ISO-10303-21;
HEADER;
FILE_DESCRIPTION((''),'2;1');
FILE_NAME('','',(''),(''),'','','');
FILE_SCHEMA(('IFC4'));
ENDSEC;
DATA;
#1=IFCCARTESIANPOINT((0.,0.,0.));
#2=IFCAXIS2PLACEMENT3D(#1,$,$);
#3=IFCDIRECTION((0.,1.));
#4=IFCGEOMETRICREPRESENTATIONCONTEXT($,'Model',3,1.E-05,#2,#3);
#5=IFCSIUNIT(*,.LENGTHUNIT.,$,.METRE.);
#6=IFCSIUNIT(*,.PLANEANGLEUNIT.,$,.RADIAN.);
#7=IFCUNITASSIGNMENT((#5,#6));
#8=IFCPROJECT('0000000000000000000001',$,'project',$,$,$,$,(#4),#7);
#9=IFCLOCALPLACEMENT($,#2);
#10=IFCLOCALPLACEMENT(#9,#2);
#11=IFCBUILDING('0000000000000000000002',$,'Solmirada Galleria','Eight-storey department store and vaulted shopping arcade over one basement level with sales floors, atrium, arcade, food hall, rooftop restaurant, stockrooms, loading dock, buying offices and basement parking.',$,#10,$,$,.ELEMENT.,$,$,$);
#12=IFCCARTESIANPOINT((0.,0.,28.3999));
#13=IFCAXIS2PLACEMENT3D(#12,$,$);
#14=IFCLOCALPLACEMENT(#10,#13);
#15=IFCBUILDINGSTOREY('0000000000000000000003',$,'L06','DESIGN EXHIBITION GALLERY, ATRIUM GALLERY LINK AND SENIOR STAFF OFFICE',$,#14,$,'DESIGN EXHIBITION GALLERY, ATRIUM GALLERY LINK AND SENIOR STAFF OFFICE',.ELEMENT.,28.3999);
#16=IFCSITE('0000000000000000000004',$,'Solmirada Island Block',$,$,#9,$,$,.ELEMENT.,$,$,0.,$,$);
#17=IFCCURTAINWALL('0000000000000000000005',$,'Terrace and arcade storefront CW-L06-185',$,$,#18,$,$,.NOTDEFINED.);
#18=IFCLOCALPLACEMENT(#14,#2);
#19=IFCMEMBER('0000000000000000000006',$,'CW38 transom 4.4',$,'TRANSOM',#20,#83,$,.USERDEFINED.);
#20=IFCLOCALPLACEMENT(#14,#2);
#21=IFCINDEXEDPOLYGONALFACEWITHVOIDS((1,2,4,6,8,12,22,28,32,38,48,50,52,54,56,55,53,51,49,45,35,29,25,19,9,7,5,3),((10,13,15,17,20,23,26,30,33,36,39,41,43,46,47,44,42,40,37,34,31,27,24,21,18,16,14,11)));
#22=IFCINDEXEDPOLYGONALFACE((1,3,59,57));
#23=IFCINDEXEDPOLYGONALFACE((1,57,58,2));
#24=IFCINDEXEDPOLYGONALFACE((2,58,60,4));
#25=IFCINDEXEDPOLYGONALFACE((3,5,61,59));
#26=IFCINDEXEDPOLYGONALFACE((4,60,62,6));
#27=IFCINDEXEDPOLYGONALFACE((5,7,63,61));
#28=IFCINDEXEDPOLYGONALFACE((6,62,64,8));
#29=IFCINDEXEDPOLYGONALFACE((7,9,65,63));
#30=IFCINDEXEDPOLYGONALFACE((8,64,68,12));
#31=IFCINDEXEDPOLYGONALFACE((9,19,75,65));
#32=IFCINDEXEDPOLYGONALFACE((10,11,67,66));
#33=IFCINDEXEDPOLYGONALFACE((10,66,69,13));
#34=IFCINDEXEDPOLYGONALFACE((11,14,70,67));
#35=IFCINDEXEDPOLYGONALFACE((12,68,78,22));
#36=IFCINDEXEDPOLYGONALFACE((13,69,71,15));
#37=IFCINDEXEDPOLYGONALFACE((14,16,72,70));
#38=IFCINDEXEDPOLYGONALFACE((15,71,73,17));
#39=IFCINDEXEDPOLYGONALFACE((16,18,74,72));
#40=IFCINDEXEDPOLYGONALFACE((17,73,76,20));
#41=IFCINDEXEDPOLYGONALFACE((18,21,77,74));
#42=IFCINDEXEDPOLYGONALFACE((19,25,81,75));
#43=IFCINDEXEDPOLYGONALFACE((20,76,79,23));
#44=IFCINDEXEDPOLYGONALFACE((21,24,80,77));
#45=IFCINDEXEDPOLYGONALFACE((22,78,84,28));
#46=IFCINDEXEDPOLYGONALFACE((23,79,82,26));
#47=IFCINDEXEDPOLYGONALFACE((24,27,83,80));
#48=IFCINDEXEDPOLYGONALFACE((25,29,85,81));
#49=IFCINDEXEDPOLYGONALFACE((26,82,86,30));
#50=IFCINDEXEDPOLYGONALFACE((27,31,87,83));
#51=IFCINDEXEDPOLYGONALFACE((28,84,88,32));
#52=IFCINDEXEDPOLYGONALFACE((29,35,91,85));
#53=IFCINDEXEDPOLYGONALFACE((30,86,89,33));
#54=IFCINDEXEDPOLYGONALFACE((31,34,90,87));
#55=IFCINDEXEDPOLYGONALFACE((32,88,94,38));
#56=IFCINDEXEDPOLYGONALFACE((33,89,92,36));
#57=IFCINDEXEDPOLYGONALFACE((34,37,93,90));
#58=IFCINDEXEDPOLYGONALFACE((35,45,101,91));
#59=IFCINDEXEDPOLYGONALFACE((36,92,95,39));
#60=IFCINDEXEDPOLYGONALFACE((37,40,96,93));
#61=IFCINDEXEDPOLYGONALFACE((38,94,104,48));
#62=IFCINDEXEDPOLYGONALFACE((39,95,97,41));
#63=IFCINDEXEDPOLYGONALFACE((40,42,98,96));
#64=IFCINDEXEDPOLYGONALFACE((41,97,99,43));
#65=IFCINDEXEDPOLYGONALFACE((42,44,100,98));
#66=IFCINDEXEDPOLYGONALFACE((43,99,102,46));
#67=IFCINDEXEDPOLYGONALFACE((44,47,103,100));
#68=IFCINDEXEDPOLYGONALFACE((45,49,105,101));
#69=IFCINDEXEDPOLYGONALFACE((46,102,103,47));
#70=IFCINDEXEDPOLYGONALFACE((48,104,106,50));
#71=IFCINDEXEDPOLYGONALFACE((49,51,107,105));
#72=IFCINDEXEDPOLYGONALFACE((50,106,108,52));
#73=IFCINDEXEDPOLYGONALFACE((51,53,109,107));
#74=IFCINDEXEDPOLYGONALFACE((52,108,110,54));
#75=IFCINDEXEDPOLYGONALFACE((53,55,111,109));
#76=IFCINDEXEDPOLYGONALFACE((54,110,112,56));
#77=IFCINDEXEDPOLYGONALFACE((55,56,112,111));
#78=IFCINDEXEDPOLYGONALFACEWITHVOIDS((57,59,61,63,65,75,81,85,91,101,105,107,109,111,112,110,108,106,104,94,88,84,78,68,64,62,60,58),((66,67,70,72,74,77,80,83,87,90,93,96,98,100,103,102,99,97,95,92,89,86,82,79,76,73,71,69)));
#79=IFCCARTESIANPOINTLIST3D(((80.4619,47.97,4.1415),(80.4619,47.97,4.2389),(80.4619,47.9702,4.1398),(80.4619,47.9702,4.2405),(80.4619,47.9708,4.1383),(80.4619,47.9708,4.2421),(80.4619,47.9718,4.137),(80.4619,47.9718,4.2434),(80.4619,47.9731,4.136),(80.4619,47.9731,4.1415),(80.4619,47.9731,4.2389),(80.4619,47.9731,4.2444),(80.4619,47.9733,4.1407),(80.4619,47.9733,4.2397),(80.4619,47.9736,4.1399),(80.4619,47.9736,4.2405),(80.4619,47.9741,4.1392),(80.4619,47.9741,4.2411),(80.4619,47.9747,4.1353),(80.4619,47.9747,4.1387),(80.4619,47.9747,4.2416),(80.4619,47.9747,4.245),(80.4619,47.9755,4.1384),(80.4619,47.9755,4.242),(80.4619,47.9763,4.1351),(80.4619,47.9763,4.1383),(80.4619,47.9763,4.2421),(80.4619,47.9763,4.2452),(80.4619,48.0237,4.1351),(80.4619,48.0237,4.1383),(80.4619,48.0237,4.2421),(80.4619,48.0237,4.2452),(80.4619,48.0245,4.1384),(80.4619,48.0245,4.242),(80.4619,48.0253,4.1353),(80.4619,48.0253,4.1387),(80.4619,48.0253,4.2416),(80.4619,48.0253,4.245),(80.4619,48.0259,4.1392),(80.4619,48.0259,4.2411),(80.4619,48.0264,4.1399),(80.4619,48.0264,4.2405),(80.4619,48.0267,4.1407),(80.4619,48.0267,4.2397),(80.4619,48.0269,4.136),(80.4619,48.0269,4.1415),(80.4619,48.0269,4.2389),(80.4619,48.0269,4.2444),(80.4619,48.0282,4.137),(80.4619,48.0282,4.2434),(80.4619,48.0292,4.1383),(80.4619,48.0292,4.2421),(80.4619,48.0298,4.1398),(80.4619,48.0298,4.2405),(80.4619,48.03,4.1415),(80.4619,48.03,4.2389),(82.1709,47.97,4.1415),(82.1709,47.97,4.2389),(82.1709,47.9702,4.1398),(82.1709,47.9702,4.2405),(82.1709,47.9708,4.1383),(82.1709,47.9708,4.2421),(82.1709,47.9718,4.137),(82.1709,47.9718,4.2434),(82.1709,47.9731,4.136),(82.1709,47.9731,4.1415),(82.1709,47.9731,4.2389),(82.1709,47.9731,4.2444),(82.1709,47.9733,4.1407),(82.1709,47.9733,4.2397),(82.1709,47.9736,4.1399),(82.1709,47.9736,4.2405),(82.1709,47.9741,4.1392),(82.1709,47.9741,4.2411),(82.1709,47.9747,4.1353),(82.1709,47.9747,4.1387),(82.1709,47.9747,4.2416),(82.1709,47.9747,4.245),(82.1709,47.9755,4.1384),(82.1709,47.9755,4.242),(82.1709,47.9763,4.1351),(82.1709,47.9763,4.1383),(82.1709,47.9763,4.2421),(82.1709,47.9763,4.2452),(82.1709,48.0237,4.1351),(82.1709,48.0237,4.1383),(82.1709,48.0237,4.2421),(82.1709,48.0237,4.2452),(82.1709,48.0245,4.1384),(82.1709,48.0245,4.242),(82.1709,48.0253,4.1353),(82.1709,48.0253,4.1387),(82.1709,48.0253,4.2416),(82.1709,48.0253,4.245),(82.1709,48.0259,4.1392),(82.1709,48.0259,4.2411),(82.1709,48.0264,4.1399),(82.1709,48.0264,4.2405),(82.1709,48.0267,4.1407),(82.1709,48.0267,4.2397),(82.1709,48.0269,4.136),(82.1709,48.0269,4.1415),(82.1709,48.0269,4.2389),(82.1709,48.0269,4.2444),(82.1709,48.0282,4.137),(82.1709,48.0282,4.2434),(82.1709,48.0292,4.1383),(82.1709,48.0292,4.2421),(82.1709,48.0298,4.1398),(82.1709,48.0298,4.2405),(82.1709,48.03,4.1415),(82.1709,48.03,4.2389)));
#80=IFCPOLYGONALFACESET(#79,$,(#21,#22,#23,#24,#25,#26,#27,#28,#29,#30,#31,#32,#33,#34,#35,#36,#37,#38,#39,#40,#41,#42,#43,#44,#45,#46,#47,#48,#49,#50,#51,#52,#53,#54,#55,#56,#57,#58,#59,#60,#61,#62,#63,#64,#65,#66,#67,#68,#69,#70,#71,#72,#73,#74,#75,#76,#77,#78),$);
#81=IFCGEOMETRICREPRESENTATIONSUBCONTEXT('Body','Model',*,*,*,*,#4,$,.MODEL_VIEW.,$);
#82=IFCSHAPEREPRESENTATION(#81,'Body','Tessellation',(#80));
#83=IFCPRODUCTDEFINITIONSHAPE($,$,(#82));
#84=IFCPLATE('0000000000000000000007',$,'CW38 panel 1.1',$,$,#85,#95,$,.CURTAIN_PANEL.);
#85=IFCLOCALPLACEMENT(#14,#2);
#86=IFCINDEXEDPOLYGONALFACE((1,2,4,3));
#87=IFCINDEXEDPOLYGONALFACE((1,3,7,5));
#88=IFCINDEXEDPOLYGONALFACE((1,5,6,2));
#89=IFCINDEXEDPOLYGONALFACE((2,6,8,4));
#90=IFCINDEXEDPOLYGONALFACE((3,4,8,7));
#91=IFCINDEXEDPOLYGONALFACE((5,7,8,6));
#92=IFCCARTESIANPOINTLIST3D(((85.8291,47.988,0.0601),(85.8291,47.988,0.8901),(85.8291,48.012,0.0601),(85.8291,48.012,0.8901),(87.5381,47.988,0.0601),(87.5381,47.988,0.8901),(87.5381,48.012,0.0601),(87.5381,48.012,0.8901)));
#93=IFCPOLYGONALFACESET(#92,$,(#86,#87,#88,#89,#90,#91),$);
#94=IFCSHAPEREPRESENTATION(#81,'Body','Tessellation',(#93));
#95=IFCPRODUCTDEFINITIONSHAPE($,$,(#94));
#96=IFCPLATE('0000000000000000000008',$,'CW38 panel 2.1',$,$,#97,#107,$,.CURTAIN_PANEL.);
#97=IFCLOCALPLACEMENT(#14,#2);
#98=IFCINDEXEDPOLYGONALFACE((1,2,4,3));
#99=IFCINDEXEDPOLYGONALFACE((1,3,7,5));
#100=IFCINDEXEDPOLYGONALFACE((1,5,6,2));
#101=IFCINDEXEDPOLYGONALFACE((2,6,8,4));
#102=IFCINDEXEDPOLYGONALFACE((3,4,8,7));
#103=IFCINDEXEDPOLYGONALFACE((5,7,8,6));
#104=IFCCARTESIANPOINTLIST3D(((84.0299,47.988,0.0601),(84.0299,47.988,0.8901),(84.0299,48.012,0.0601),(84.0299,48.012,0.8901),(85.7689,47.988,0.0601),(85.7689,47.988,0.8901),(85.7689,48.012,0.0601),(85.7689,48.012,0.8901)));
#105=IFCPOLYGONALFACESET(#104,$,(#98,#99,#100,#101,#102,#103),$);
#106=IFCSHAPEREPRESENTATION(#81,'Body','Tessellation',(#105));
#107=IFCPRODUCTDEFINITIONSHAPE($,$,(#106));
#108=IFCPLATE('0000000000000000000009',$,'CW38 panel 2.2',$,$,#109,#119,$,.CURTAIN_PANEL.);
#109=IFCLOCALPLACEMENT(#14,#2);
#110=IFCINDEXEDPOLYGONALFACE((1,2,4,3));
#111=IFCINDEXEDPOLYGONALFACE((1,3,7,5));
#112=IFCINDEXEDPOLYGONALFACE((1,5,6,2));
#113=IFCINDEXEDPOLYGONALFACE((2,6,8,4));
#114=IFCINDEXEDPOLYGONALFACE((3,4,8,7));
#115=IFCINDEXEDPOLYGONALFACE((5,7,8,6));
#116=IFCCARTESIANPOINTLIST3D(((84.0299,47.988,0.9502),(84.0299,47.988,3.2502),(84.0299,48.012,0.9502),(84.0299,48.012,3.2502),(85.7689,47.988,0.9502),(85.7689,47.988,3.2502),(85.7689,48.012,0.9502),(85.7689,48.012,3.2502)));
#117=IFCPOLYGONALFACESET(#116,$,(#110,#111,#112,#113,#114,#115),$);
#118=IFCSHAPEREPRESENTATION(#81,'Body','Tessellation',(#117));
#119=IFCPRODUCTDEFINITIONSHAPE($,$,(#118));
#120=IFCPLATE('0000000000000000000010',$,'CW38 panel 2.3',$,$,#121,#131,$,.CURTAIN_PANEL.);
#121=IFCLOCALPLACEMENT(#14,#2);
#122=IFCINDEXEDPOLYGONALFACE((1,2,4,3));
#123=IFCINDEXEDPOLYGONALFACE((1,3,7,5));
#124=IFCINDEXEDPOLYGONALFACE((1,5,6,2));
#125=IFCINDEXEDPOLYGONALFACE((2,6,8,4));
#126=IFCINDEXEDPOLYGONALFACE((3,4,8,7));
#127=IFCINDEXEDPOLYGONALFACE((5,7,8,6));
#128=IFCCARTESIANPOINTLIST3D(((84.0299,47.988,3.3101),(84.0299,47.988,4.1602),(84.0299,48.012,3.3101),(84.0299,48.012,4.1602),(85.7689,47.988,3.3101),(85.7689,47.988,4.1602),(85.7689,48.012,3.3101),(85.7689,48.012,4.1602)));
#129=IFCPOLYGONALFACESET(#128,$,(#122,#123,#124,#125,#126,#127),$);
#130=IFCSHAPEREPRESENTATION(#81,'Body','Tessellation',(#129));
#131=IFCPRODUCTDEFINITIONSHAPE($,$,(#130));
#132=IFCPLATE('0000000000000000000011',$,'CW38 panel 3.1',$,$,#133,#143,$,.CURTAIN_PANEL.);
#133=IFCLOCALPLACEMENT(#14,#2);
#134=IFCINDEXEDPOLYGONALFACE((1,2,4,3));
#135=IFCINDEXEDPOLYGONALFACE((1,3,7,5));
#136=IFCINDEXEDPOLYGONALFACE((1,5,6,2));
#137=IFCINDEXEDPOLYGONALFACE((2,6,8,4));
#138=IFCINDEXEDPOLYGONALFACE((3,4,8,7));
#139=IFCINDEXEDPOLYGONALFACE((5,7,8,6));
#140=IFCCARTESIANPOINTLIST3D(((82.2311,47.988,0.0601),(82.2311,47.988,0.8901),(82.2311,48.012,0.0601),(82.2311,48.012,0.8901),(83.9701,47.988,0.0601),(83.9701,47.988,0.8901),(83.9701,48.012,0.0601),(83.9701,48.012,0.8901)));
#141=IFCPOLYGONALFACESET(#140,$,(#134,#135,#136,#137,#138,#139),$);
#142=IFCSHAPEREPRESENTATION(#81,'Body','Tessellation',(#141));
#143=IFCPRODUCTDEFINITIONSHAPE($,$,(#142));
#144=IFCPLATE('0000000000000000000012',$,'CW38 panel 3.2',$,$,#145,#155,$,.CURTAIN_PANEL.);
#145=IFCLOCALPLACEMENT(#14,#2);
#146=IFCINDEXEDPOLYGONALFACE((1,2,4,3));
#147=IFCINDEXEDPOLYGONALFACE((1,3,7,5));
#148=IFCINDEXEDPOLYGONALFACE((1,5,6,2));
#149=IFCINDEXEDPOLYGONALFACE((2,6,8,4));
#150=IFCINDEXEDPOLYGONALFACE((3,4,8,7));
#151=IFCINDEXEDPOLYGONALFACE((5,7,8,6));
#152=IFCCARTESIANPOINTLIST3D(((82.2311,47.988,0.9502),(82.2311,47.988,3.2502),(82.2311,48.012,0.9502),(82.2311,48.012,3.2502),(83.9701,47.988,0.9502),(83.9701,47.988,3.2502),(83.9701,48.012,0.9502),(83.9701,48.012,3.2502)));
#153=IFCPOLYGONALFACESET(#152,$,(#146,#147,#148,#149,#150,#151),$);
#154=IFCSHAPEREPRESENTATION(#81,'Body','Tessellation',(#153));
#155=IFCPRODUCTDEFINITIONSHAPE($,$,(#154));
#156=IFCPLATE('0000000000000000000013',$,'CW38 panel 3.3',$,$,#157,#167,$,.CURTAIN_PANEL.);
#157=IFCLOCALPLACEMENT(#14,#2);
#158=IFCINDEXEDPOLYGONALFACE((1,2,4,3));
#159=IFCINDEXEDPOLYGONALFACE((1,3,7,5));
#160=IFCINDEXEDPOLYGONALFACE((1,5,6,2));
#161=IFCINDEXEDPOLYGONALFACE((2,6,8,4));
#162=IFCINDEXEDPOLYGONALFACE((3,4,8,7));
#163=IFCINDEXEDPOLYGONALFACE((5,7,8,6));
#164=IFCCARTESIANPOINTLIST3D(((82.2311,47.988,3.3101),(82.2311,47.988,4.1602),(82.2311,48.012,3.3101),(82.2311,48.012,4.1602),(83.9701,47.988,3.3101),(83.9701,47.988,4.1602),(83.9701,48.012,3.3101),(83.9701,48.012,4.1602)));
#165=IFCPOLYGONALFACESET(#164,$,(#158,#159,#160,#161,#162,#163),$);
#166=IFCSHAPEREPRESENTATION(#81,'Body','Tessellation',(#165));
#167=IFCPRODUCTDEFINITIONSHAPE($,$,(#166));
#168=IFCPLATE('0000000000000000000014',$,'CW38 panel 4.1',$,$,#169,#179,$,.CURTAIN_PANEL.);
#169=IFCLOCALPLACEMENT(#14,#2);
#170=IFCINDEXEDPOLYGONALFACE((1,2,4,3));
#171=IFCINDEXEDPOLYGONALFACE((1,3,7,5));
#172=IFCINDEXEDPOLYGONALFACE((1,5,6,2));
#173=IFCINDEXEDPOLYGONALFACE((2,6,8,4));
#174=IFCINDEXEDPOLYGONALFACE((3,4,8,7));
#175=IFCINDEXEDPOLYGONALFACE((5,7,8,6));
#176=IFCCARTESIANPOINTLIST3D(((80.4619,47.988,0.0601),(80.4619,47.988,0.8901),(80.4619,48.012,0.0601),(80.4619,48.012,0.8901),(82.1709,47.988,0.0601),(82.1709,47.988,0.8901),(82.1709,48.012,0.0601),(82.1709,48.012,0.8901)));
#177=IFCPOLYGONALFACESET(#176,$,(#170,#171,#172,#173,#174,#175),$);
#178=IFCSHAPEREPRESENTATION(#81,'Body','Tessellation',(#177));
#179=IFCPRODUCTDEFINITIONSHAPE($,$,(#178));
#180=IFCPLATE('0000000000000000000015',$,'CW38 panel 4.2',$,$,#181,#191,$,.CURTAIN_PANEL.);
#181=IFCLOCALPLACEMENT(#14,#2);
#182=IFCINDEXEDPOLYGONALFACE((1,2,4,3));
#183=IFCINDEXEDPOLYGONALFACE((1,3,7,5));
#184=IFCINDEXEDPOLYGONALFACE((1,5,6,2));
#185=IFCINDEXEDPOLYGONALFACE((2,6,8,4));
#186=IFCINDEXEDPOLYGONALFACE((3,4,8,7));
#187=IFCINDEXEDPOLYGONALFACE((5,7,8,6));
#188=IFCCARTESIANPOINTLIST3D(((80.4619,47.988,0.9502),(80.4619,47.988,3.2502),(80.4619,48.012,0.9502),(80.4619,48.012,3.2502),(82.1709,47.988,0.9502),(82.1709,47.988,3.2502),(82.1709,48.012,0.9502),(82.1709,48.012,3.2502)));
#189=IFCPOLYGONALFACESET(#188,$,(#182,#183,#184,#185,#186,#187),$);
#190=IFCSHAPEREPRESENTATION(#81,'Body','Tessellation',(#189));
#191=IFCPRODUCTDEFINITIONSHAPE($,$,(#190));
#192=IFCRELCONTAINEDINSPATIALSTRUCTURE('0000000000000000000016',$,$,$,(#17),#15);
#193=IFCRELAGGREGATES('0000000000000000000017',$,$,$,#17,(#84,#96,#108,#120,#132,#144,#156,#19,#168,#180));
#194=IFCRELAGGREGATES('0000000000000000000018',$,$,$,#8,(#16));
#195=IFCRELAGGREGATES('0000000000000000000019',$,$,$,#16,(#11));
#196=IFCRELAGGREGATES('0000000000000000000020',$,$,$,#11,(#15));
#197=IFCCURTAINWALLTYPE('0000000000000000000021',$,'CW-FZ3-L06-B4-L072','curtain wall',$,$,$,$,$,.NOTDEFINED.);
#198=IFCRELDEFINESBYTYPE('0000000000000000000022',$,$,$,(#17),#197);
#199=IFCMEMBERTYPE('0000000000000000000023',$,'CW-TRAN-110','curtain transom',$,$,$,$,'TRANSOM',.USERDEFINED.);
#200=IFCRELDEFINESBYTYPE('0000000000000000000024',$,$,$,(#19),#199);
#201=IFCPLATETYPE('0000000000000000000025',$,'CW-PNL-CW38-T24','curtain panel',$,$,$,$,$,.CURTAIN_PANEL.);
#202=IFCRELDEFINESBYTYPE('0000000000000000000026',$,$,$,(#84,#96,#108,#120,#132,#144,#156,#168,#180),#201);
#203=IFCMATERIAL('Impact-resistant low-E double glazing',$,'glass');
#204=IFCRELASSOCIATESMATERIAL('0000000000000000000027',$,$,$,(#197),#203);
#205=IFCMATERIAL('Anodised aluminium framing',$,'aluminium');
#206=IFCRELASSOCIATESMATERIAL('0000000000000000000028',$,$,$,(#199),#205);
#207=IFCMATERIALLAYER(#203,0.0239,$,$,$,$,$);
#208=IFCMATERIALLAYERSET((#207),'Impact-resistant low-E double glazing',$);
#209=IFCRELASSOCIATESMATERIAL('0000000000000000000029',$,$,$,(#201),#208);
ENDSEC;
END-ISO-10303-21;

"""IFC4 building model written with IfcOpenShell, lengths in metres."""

from ifc_helpers import new_model, si_unit, direction, frame, origin, origin_2d, place, context, subcontext, project, spatial, rectangle, hollow_rectangle, extrude, material, layer, layer_set, material_profile, profile_set, type_object, element, aggregate, save


model = new_model("IFC4")

# Units and contexts
model_context = context("Model", 3, precision=1e-05, world=origin(), true_north=direction((0.0, 1.0)))
body_context = subcontext(model_context, "Body", "Model", "MODEL_VIEW")
ifc_project = project(units=[si_unit("LENGTHUNIT", "METRE"), si_unit("PLANEANGLEUNIT", "RADIAN")], contexts=[model_context])

# Site, building, storey
site_placement = place(None, origin())
site = spatial("IfcSite", under=ifc_project, at=site_placement, Name="Solmirada Island Block", CompositionType="ELEMENT", RefElevation=0.0)
building_placement = place(site_placement, origin())
building = spatial("IfcBuilding", under=site, at=building_placement, Name="Solmirada Galleria", Description="Eight-storey department store and vaulted shopping arcade over one basement level with sales floors, atrium, arcade, food hall, rooftop restaurant, stockrooms, loading dock, buying offices and basement parking.", CompositionType="ELEMENT")
storey_placement = place(building_placement, frame((0.0, 0.0, 28.3999)))
storey = spatial("IfcBuildingStorey", under=building, at=storey_placement, Name="L06", Description="DESIGN EXHIBITION GALLERY, ATRIUM GALLERY LINK AND SENIOR STAFF OFFICE", LongName="DESIGN EXHIBITION GALLERY, ATRIUM GALLERY LINK AND SENIOR STAFF OFFICE", CompositionType="ELEMENT", Elevation=28.3999)

# Curtain wall, member, plates
ifc_material_1 = material(Name="Impact-resistant low-E double glazing", Category="glass")
curtain_wall_type = type_object("IfcCurtainWallType", Name="CW-FZ3-L06-B4-L072", Description="curtain wall", PredefinedType="NOTDEFINED", material=ifc_material_1)
curtain_wall_placement = place(storey_placement, origin())
curtain_wall = element("IfcCurtainWall", 1, at=curtain_wall_placement, inside=storey, type_object=curtain_wall_type, Name="Terrace and arcade storefront CW-L06-185", PredefinedType="NOTDEFINED")
ifc_material_2 = material(Name="Anodised aluminium framing", Category="aluminium")
ifc_material_profile_1 = material_profile(ifc_material_2, hollow_rectangle(XDim=0.0601, YDim=0.1101, WallThickness=0.0032, InnerFilletRadius=0.0032, OuterFilletRadius=0.0063, at=origin_2d()), Name="ALU-TRAN-110X60")
ifc_profile_set_1 = profile_set([ifc_material_profile_1], Name="Anodised aluminium framing")
member_type_1 = type_object("IfcMemberType", Name="CW-TRAN-110", Description="curtain transom", ElementType="TRANSOM", PredefinedType="USERDEFINED", material=ifc_profile_set_1)
member_1_placement = place(storey_placement, frame((82.1709, 48.0, 4.1902), z_axis=(-1.0, 0.0, 0.0), x_axis=(0.0, -1.0, 0.0)))
member_1 = element("IfcMember", 2, at=member_1_placement, type_object=member_type_1, Name="CW38 transom 4.4", ObjectType="TRANSOM", PredefinedType="USERDEFINED", context=body_context, shape_type="SweptSolid", body=[
    extrude(hollow_rectangle(XDim=0.0601, YDim=0.1101, WallThickness=0.0032, InnerFilletRadius=0.0032, OuterFilletRadius=0.0063, at=origin_2d()), origin(), (0.0, 0.0, 1.0), 1.709),
])
ifc_layer_1 = layer(ifc_material_1, 0.0239)
ifc_layer_set_1 = layer_set([ifc_layer_1], Name="Impact-resistant low-E double glazing")
plate_type = type_object("IfcPlateType", Name="CW-PNL-CW38-T24", Description="curtain panel", PredefinedType="CURTAIN_PANEL", material=ifc_layer_set_1)
plate_1_placement = place(storey_placement, frame((86.6836, 48.0, 0.0601), z_axis=(0.0, 0.0, 1.0), x_axis=(-1.0, 0.0, 0.0)))
plate_1 = element("IfcPlate", 3, at=plate_1_placement, type_object=plate_type, Name="CW38 panel 1.1", PredefinedType="CURTAIN_PANEL", context=body_context, shape_type="SweptSolid", body=[
    extrude(rectangle(XDim=1.709, YDim=0.0239, at=origin_2d()), origin(), (0.0, 0.0, 1.0), 0.8301),
])
plate_2_placement = place(storey_placement, frame((84.8994, 48.0, 0.0601), z_axis=(0.0, 0.0, 1.0), x_axis=(-1.0, 0.0, 0.0)))
plate_2 = element("IfcPlate", 4, at=plate_2_placement, type_object=plate_type, Name="CW38 panel 2.1", PredefinedType="CURTAIN_PANEL", context=body_context, shape_type="SweptSolid", body=[
    extrude(rectangle(XDim=1.739, YDim=0.0239, at=origin_2d()), origin(), (0.0, 0.0, 1.0), 0.8301),
])
plate_3_placement = place(storey_placement, frame((84.8994, 48.0, 0.9502), z_axis=(0.0, 0.0, 1.0), x_axis=(-1.0, 0.0, 0.0)))
plate_3 = element("IfcPlate", 5, at=plate_3_placement, type_object=plate_type, Name="CW38 panel 2.2", PredefinedType="CURTAIN_PANEL", context=body_context, shape_type="SweptSolid", body=[
    extrude(rectangle(XDim=1.739, YDim=0.0239, at=origin_2d()), origin(), (0.0, 0.0, 1.0), 2.3),
])
plate_4_placement = place(storey_placement, frame((84.8994, 48.0, 3.3101), z_axis=(0.0, 0.0, 1.0), x_axis=(-1.0, 0.0, 0.0)))
plate_4 = element("IfcPlate", 6, at=plate_4_placement, type_object=plate_type, Name="CW38 panel 2.3", PredefinedType="CURTAIN_PANEL", context=body_context, shape_type="SweptSolid", body=[
    extrude(rectangle(XDim=1.739, YDim=0.0239, at=origin_2d()), origin(), (0.0, 0.0, 1.0), 0.8501),
])
plate_5_placement = place(storey_placement, frame((83.1006, 48.0, 0.0601), z_axis=(0.0, 0.0, 1.0), x_axis=(-1.0, 0.0, 0.0)))
plate_5 = element("IfcPlate", 7, at=plate_5_placement, type_object=plate_type, Name="CW38 panel 3.1", PredefinedType="CURTAIN_PANEL", context=body_context, shape_type="SweptSolid", body=[
    extrude(rectangle(XDim=1.739, YDim=0.0239, at=origin_2d()), origin(), (0.0, 0.0, 1.0), 0.8301),
])
plate_6_placement = place(storey_placement, frame((83.1006, 48.0, 0.9502), z_axis=(0.0, 0.0, 1.0), x_axis=(-1.0, 0.0, 0.0)))
plate_6 = element("IfcPlate", 8, at=plate_6_placement, type_object=plate_type, Name="CW38 panel 3.2", PredefinedType="CURTAIN_PANEL", context=body_context, shape_type="SweptSolid", body=[
    extrude(rectangle(XDim=1.739, YDim=0.0239, at=origin_2d()), origin(), (0.0, 0.0, 1.0), 2.3),
])
plate_7_placement = place(storey_placement, frame((83.1006, 48.0, 3.3101), z_axis=(0.0, 0.0, 1.0), x_axis=(-1.0, 0.0, 0.0)))
plate_7 = element("IfcPlate", 9, at=plate_7_placement, type_object=plate_type, Name="CW38 panel 3.3", PredefinedType="CURTAIN_PANEL", context=body_context, shape_type="SweptSolid", body=[
    extrude(rectangle(XDim=1.739, YDim=0.0239, at=origin_2d()), origin(), (0.0, 0.0, 1.0), 0.8501),
])
plate_8_placement = place(storey_placement, frame((81.3164, 48.0, 0.0601), z_axis=(0.0, 0.0, 1.0), x_axis=(-1.0, 0.0, 0.0)))
plate_8 = element("IfcPlate", 10, at=plate_8_placement, type_object=plate_type, Name="CW38 panel 4.1", PredefinedType="CURTAIN_PANEL", context=body_context, shape_type="SweptSolid", body=[
    extrude(rectangle(XDim=1.709, YDim=0.0239, at=origin_2d()), origin(), (0.0, 0.0, 1.0), 0.8301),
])
plate_9_placement = place(storey_placement, frame((81.3164, 48.0, 0.9502), z_axis=(0.0, 0.0, 1.0), x_axis=(-1.0, 0.0, 0.0)))
plate_9 = element("IfcPlate", 11, at=plate_9_placement, type_object=plate_type, Name="CW38 panel 4.2", PredefinedType="CURTAIN_PANEL", context=body_context, shape_type="SweptSolid", body=[
    extrude(rectangle(XDim=1.709, YDim=0.0239, at=origin_2d()), origin(), (0.0, 0.0, 1.0), 2.3),
])
aggregate(curtain_wall, [plate_1, plate_2, plate_3, plate_4, plate_5, plate_6, plate_7, member_1, plate_8, plate_9])

save(model, "model.ifc")
